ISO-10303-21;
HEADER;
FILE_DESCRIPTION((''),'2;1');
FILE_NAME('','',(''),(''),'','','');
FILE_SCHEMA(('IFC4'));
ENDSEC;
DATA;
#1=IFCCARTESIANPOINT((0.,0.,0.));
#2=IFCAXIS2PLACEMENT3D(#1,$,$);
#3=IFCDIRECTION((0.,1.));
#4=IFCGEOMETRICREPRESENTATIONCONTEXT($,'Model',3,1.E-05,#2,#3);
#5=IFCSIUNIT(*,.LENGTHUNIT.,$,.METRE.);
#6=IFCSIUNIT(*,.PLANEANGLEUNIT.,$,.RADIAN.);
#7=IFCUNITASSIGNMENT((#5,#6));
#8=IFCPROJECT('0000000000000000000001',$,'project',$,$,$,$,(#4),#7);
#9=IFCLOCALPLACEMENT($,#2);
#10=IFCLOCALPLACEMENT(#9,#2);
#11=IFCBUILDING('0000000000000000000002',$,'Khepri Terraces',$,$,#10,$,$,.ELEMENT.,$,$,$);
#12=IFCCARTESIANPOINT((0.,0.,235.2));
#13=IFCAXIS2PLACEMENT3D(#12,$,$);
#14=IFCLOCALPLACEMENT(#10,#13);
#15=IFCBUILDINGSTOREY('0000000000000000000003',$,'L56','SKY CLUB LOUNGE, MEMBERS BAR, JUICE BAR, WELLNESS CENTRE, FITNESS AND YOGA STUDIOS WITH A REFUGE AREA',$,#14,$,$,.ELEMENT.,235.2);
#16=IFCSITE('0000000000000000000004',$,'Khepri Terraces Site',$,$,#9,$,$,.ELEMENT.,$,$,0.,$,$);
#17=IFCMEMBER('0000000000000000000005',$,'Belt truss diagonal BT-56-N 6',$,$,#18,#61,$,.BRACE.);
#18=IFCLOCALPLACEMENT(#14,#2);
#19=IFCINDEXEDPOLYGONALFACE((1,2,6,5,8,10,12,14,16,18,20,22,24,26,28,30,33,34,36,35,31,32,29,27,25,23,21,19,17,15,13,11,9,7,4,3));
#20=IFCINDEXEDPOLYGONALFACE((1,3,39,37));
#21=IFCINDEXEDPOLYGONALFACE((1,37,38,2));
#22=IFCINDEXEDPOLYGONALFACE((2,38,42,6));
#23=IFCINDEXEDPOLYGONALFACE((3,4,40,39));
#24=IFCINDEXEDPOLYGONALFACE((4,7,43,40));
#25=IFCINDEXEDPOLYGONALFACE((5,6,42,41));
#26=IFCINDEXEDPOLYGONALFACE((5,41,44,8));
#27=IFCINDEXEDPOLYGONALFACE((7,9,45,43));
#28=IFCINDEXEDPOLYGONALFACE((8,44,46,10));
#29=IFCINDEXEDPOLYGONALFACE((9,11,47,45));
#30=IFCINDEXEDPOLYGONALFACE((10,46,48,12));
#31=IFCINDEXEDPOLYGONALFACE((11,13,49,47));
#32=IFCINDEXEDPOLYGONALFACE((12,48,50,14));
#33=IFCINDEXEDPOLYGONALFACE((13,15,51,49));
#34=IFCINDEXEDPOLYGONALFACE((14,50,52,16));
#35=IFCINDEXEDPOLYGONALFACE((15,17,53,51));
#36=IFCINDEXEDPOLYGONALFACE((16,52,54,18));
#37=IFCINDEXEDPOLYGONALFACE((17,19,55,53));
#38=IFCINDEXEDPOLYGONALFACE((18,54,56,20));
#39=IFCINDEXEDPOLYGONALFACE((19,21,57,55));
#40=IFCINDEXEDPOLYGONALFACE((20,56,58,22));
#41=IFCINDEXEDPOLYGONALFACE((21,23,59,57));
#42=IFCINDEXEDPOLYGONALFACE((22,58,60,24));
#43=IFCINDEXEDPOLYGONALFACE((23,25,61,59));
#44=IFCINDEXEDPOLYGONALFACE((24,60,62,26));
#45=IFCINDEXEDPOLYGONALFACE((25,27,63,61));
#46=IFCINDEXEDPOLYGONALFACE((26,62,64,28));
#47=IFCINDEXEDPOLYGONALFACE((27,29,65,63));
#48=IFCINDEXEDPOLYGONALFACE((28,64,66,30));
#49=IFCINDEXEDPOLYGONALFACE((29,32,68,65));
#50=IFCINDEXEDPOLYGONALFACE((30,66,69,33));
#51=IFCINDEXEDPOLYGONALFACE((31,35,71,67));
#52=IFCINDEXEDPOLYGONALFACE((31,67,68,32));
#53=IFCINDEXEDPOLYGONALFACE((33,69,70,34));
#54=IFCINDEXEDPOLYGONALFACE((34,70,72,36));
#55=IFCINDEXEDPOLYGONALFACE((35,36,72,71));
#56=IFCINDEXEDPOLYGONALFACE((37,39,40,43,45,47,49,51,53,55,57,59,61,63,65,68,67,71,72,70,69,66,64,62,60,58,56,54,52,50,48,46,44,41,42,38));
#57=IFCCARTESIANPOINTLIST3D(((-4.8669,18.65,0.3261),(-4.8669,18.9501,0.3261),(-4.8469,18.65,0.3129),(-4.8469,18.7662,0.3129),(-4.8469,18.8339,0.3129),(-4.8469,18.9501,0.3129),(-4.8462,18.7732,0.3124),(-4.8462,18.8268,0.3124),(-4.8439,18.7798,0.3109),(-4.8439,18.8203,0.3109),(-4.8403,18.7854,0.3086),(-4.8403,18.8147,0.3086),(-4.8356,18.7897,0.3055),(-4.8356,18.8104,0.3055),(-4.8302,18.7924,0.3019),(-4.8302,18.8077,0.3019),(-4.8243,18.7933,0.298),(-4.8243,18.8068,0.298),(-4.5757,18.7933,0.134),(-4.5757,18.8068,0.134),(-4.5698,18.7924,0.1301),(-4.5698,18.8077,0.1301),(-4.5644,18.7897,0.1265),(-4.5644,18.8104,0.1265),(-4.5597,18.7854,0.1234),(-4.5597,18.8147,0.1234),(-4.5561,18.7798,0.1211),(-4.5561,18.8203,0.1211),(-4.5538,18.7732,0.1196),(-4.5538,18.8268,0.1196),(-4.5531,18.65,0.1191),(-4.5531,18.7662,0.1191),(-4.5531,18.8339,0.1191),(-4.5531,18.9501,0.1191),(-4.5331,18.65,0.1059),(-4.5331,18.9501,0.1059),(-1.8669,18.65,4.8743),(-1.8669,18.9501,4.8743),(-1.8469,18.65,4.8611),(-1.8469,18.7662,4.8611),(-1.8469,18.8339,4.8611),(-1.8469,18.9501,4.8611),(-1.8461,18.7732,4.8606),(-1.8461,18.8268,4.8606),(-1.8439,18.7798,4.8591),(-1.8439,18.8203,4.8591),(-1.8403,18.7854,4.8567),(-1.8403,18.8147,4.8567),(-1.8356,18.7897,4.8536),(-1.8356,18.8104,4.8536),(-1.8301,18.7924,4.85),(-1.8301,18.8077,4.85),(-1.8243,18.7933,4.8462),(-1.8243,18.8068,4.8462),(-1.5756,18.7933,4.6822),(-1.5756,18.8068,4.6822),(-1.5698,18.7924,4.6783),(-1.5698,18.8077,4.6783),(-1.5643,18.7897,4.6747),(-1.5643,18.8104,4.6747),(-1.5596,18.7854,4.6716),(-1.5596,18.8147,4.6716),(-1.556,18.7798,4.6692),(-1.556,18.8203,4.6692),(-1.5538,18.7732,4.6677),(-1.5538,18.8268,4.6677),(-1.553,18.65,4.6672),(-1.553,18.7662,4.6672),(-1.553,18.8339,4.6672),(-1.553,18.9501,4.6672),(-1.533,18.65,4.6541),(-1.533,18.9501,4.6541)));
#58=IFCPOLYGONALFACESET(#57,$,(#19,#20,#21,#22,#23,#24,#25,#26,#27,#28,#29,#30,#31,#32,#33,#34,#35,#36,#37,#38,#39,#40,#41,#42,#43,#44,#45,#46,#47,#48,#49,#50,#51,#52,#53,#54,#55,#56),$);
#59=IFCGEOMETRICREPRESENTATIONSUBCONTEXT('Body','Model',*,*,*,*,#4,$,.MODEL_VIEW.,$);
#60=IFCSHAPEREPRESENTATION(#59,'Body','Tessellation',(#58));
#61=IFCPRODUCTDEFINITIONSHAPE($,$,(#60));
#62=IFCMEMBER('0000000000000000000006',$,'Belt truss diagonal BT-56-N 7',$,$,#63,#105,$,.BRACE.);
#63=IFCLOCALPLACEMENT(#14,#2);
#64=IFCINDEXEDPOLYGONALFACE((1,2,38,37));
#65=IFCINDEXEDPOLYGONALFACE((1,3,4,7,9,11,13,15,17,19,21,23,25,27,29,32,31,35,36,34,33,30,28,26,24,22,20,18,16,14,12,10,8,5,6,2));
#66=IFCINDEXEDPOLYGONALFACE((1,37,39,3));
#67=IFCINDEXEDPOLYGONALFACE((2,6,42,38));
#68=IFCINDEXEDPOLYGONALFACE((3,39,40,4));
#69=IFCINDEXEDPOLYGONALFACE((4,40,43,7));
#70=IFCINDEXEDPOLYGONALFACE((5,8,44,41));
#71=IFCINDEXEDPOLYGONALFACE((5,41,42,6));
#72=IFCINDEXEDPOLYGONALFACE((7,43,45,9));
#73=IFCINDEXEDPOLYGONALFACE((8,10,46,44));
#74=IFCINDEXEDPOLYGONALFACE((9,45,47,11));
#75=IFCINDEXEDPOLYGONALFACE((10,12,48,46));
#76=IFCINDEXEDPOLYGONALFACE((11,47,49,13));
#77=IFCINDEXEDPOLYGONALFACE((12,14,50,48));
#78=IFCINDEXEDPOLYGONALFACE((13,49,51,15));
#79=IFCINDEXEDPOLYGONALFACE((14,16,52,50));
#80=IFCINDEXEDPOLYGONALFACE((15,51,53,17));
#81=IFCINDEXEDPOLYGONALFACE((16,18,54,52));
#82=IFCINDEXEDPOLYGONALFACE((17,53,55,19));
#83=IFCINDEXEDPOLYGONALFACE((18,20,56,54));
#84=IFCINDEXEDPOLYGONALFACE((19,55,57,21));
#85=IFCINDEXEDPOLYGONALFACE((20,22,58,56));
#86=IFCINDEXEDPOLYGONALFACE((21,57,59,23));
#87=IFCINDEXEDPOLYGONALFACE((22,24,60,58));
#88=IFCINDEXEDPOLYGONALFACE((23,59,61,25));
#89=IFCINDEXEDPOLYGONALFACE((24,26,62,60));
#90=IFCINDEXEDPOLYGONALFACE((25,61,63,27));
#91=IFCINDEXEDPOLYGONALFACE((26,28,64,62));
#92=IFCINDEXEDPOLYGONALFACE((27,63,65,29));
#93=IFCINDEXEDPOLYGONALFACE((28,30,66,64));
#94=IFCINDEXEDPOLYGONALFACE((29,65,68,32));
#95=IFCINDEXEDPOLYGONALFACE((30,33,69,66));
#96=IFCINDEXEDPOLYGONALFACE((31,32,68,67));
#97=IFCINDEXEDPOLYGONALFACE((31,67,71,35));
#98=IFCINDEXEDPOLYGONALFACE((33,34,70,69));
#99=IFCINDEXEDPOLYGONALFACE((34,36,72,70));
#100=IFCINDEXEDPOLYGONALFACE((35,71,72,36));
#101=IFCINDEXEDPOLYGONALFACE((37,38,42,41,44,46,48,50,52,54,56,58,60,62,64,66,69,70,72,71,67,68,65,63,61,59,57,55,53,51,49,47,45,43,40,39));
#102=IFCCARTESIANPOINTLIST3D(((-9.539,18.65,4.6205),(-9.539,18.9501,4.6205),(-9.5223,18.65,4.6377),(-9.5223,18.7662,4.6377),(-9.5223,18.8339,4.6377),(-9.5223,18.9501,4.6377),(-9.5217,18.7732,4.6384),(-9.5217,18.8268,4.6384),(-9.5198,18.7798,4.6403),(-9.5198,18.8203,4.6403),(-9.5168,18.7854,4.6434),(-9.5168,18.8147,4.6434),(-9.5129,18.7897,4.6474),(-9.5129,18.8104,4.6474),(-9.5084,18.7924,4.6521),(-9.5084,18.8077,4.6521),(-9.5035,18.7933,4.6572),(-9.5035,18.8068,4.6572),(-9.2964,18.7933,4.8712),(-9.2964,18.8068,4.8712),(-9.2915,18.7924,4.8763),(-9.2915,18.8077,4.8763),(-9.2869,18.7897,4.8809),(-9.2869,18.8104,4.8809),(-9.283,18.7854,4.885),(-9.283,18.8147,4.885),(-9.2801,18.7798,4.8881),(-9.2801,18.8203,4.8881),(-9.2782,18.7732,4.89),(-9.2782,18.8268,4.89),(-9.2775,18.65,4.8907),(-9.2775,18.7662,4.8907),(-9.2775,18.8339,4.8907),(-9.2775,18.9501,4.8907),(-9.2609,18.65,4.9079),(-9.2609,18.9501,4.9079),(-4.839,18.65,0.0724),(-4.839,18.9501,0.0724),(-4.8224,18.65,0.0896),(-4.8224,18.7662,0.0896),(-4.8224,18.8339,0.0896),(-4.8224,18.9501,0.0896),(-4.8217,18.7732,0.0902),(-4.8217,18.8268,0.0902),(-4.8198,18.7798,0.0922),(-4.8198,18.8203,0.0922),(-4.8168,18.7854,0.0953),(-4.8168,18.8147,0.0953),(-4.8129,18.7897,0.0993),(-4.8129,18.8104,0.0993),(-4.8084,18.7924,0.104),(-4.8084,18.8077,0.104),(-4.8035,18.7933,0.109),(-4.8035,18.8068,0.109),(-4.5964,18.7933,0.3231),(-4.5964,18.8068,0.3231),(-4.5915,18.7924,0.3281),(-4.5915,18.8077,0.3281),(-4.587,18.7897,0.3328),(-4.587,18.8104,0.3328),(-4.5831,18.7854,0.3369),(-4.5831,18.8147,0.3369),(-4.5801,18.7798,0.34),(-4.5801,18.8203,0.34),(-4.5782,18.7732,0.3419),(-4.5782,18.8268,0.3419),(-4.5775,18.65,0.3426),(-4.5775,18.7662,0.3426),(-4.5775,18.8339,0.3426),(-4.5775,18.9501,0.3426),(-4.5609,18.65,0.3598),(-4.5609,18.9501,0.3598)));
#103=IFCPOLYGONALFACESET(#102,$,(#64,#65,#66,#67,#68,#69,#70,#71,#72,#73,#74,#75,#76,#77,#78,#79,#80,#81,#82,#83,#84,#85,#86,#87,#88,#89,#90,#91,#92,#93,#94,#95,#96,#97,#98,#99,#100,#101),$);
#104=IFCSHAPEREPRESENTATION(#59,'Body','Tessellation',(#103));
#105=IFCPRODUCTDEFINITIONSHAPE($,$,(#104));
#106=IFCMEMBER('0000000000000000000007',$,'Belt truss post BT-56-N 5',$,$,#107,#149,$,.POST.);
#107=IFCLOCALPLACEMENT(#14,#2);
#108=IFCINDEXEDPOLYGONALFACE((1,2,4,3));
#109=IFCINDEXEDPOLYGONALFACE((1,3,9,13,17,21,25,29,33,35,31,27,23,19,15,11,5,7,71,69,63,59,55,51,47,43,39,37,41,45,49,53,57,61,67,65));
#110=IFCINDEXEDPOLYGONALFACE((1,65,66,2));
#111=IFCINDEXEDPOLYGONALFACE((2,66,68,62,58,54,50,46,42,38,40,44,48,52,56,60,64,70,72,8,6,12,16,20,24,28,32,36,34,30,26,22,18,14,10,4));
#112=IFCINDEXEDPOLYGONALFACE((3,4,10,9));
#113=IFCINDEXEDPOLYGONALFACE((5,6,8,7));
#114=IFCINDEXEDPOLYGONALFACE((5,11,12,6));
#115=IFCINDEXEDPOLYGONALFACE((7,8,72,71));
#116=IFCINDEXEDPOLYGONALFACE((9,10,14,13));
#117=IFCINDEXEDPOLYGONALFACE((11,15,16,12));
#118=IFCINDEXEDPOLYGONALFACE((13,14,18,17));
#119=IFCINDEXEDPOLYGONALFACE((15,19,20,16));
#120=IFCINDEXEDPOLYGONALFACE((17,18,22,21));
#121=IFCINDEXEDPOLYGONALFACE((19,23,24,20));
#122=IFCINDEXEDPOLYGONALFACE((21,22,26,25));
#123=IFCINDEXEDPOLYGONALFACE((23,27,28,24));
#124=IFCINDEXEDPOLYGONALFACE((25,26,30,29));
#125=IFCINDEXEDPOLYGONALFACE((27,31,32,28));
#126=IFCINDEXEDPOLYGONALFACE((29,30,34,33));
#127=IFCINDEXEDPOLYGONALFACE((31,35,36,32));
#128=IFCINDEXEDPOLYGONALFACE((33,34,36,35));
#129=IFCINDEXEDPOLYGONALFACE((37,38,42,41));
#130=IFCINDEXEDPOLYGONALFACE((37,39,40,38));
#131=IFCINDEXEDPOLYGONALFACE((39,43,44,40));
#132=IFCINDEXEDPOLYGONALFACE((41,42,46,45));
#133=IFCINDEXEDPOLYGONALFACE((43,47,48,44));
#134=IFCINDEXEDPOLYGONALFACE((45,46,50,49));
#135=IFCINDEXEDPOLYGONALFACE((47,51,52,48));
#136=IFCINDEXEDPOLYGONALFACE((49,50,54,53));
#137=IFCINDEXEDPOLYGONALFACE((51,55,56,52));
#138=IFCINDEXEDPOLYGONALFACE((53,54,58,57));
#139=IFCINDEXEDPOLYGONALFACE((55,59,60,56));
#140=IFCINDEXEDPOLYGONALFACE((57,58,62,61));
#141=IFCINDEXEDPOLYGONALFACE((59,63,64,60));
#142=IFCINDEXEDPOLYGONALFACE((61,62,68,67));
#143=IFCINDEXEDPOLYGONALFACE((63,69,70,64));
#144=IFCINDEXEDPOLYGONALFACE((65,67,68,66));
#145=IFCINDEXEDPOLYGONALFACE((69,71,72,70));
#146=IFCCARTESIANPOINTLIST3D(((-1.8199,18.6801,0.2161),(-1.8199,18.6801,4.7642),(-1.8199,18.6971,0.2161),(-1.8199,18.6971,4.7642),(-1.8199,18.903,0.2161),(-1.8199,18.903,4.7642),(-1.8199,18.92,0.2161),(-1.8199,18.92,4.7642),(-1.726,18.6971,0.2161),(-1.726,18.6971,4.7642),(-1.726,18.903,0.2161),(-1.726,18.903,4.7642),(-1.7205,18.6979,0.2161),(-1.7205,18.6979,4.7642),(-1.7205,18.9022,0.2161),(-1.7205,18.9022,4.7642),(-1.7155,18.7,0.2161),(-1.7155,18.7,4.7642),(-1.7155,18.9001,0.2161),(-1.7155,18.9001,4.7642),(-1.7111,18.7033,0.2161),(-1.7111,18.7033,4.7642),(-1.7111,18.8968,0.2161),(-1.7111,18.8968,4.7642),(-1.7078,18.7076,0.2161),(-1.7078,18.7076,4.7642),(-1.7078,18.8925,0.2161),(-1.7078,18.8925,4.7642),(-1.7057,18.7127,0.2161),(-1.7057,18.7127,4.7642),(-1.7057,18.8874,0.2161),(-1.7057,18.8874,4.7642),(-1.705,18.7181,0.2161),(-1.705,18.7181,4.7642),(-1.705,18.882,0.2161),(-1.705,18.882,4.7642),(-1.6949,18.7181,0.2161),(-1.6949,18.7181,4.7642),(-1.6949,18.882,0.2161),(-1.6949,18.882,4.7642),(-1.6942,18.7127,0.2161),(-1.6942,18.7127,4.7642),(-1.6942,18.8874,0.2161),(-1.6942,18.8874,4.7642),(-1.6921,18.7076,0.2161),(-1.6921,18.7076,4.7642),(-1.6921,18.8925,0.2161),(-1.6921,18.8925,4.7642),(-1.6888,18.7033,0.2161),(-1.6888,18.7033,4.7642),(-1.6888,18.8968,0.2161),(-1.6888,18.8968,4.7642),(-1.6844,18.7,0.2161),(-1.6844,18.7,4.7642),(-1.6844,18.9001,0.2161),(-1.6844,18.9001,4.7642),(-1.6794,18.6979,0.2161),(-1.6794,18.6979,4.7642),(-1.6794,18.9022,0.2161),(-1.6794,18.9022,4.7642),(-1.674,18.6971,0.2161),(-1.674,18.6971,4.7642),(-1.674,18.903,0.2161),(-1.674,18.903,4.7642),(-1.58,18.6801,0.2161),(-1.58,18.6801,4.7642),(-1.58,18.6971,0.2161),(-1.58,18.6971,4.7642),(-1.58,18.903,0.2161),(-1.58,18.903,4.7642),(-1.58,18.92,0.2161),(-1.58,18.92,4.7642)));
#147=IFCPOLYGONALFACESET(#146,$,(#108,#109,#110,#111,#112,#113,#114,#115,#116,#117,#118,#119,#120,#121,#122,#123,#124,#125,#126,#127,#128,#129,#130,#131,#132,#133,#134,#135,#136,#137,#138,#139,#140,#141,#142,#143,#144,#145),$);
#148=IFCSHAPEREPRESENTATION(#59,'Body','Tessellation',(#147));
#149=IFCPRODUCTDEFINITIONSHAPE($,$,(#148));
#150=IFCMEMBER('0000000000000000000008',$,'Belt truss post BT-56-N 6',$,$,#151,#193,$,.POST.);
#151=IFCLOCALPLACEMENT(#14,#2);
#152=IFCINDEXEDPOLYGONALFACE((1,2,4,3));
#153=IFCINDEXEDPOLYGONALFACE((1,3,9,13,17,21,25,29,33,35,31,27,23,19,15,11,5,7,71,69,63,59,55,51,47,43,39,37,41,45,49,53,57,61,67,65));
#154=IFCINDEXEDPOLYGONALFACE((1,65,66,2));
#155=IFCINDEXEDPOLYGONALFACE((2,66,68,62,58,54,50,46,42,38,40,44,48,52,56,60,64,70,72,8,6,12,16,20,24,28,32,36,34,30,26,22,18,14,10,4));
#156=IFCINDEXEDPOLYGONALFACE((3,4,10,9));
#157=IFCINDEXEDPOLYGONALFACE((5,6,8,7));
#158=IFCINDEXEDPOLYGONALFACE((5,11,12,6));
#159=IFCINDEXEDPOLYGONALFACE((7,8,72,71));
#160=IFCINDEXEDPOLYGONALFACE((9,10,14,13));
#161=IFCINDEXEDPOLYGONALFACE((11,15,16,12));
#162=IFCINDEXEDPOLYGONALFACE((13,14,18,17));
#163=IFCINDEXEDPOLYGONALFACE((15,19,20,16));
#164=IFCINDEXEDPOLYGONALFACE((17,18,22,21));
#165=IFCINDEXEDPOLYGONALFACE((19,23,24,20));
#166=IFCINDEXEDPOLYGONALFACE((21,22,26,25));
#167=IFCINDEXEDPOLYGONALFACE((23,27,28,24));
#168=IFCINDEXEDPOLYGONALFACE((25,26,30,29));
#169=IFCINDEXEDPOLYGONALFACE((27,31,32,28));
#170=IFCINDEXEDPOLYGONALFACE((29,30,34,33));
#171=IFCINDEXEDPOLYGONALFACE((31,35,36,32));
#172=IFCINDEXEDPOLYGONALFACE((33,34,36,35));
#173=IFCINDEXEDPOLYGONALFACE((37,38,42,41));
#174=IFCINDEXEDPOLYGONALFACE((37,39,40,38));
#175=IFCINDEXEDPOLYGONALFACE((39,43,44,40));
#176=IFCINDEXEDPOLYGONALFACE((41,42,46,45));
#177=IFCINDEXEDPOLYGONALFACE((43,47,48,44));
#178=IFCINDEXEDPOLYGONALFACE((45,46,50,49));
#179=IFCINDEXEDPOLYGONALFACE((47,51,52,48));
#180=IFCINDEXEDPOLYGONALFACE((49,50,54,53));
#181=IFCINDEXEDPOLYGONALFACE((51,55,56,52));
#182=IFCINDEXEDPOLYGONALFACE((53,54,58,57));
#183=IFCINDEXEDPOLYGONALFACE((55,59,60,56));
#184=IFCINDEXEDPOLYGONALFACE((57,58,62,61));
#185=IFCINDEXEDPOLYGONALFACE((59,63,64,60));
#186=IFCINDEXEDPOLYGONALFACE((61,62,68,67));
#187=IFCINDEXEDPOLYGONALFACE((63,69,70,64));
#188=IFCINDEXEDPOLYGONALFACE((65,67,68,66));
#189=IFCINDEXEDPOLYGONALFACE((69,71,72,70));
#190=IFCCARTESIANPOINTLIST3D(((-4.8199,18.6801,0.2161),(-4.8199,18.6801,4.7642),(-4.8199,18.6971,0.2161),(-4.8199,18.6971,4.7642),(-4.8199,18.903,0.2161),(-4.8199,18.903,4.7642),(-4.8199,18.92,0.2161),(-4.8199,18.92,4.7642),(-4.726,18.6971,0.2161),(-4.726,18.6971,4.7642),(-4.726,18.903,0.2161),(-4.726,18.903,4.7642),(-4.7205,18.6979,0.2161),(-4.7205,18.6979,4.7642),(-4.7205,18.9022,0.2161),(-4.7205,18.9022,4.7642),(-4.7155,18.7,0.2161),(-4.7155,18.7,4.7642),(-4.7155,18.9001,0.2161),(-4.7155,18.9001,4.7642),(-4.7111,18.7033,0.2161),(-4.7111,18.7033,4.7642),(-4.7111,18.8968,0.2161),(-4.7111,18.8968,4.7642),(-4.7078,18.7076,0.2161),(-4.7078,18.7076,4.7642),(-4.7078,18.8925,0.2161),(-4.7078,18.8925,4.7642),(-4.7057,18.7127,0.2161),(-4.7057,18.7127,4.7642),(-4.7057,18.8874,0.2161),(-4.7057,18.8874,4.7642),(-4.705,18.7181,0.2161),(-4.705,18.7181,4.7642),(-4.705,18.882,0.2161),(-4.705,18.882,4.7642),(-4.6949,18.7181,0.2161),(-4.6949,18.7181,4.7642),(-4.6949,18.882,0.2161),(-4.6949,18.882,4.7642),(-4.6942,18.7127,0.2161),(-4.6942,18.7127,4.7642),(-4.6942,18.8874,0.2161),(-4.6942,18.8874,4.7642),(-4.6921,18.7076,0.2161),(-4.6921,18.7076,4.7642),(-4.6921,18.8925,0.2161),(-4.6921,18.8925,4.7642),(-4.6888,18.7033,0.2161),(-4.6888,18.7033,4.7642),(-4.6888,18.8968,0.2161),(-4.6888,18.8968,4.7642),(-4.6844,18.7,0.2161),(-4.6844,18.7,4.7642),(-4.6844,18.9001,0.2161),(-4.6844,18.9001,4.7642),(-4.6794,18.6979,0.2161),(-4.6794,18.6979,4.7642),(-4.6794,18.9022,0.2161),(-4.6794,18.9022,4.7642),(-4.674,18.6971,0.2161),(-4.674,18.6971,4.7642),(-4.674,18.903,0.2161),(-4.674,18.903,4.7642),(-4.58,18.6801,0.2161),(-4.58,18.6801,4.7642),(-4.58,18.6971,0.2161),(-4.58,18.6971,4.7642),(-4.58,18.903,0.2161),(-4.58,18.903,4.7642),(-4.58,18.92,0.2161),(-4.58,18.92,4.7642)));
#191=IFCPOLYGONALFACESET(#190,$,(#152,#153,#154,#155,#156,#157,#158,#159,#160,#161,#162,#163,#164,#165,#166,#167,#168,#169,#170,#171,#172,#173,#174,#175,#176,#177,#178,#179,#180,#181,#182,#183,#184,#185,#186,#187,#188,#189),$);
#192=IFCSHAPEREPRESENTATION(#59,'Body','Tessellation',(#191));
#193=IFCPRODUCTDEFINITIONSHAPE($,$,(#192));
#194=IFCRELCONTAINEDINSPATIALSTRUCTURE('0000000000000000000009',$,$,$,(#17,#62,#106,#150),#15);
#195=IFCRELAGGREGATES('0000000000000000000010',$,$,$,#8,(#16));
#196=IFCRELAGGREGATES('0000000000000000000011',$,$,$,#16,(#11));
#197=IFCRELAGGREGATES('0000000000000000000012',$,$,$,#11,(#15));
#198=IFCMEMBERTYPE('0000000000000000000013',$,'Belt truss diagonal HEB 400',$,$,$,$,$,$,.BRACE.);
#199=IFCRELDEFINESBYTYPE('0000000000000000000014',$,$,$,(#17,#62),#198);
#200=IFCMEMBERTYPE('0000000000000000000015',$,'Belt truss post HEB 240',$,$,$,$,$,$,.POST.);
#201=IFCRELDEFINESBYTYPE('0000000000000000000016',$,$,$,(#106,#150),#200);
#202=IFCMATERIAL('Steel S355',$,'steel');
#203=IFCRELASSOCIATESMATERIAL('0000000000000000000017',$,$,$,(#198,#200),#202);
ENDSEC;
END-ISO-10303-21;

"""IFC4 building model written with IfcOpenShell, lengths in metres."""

from ifc_helpers import new_model, si_unit, direction, frame, origin, origin_2d, place, context, subcontext, project, spatial, i_section, extrude, material, material_profile, profile_set, type_object, element, save


model = new_model("IFC4")

# Units and contexts
model_context = context("Model", 3, precision=1e-05, world=origin(), true_north=direction((0.0, 1.0)))
body_context = subcontext(model_context, "Body", "Model", "MODEL_VIEW")
ifc_project = project(units=[si_unit("LENGTHUNIT", "METRE"), si_unit("PLANEANGLEUNIT", "RADIAN")], contexts=[model_context])

# Site, building, storey
site_placement = place(None, origin())
site = spatial("IfcSite", under=ifc_project, at=site_placement, Name="Khepri Terraces Site", CompositionType="ELEMENT", RefElevation=0.0)
building_placement = place(site_placement, origin())
building = spatial("IfcBuilding", under=site, at=building_placement, Name="Khepri Terraces", CompositionType="ELEMENT")
storey_placement = place(building_placement, frame((0.0, 0.0, 235.2)))
storey = spatial("IfcBuildingStorey", under=building, at=storey_placement, Name="L56", Description="SKY CLUB LOUNGE, MEMBERS BAR, JUICE BAR, WELLNESS CENTRE, FITNESS AND YOGA STUDIOS WITH A REFUGE AREA", CompositionType="ELEMENT", Elevation=235.2)

# Members
ifc_material_1 = material(Name="Steel S355", Category="steel")
ifc_material_profile_1 = material_profile(ifc_material_1, i_section(OverallWidth=0.3, OverallDepth=0.3999, WebThickness=0.0134, FlangeThickness=0.0239, FilletRadius=0.0271, at=origin_2d()), Name="Steel S355", Category="steel")
ifc_profile_set_1 = profile_set([ifc_material_profile_1], Name="Steel S355")
member_type_1 = type_object("IfcMemberType", Name="Belt truss diagonal HEB 400", PredefinedType="BRACE", material=ifc_profile_set_1)
member_1_placement = place(storey_placement, frame((-1.7, 18.8, 4.7642), z_axis=(-0.550619, 0.0, -0.834756), x_axis=(0.0, -1.0, 0.0)))
element("IfcMember", 1, at=member_1_placement, inside=storey, type_object=member_type_1, Name="Belt truss diagonal BT-56-N 6", PredefinedType="BRACE", context=body_context, shape_type="SweptSolid", body=[
    extrude(i_section(OverallWidth=0.3, OverallDepth=0.3999, WebThickness=0.0134, FlangeThickness=0.0239, FilletRadius=0.0271, at=origin_2d()), origin(), (0.0, 0.0, 1.0), 5.4485),
])
member_2_placement = place(storey_placement, frame((-4.7, 18.8, 0.2161), z_axis=(-0.718621, 0.0, 0.695402), x_axis=(0.0, -1.0, 0.0)))
element("IfcMember", 2, at=member_2_placement, inside=storey, type_object=member_type_1, Name="Belt truss diagonal BT-56-N 7", PredefinedType="BRACE", context=body_context, shape_type="SweptSolid", body=[
    extrude(i_section(OverallWidth=0.3, OverallDepth=0.3999, WebThickness=0.0134, FlangeThickness=0.0239, FilletRadius=0.0271, at=origin_2d()), origin(), (0.0, 0.0, 1.0), 6.5403),
])
ifc_material_profile_2 = material_profile(ifc_material_1, i_section(OverallWidth=0.24, OverallDepth=0.24, WebThickness=0.01, FlangeThickness=0.0171, FilletRadius=0.021, at=origin_2d()), Name="Steel S355", Category="steel")
ifc_profile_set_2 = profile_set([ifc_material_profile_2], Name="Steel S355")
member_type_2 = type_object("IfcMemberType", Name="Belt truss post HEB 240", PredefinedType="POST", material=ifc_profile_set_2)
for number, where, z_axis, x_axis, name in (
    (3, (-1.7, 18.8, 0.2161), (0.0, 0.0, 1.0), (1.0, 0.0, 0.0), "Belt truss post BT-56-N 5"),
    (4, (-4.7, 18.8, 0.2161), (0.0, 0.0, 1.0), (1.0, 0.0, 0.0), "Belt truss post BT-56-N 6"),
):
    element("IfcMember", number, at=place(storey_placement, frame(where, z_axis=z_axis, x_axis=x_axis)), inside=storey, type_object=member_type_2, Name=name, PredefinedType="POST", context=body_context, shape_type="SweptSolid", body=[
        extrude(i_section(OverallWidth=0.24, OverallDepth=0.24, WebThickness=0.01, FlangeThickness=0.0171, FilletRadius=0.021, at=origin_2d()), origin(), (0.0, 0.0, 1.0), 4.5481),
    ])

save(model, "model.ifc")
